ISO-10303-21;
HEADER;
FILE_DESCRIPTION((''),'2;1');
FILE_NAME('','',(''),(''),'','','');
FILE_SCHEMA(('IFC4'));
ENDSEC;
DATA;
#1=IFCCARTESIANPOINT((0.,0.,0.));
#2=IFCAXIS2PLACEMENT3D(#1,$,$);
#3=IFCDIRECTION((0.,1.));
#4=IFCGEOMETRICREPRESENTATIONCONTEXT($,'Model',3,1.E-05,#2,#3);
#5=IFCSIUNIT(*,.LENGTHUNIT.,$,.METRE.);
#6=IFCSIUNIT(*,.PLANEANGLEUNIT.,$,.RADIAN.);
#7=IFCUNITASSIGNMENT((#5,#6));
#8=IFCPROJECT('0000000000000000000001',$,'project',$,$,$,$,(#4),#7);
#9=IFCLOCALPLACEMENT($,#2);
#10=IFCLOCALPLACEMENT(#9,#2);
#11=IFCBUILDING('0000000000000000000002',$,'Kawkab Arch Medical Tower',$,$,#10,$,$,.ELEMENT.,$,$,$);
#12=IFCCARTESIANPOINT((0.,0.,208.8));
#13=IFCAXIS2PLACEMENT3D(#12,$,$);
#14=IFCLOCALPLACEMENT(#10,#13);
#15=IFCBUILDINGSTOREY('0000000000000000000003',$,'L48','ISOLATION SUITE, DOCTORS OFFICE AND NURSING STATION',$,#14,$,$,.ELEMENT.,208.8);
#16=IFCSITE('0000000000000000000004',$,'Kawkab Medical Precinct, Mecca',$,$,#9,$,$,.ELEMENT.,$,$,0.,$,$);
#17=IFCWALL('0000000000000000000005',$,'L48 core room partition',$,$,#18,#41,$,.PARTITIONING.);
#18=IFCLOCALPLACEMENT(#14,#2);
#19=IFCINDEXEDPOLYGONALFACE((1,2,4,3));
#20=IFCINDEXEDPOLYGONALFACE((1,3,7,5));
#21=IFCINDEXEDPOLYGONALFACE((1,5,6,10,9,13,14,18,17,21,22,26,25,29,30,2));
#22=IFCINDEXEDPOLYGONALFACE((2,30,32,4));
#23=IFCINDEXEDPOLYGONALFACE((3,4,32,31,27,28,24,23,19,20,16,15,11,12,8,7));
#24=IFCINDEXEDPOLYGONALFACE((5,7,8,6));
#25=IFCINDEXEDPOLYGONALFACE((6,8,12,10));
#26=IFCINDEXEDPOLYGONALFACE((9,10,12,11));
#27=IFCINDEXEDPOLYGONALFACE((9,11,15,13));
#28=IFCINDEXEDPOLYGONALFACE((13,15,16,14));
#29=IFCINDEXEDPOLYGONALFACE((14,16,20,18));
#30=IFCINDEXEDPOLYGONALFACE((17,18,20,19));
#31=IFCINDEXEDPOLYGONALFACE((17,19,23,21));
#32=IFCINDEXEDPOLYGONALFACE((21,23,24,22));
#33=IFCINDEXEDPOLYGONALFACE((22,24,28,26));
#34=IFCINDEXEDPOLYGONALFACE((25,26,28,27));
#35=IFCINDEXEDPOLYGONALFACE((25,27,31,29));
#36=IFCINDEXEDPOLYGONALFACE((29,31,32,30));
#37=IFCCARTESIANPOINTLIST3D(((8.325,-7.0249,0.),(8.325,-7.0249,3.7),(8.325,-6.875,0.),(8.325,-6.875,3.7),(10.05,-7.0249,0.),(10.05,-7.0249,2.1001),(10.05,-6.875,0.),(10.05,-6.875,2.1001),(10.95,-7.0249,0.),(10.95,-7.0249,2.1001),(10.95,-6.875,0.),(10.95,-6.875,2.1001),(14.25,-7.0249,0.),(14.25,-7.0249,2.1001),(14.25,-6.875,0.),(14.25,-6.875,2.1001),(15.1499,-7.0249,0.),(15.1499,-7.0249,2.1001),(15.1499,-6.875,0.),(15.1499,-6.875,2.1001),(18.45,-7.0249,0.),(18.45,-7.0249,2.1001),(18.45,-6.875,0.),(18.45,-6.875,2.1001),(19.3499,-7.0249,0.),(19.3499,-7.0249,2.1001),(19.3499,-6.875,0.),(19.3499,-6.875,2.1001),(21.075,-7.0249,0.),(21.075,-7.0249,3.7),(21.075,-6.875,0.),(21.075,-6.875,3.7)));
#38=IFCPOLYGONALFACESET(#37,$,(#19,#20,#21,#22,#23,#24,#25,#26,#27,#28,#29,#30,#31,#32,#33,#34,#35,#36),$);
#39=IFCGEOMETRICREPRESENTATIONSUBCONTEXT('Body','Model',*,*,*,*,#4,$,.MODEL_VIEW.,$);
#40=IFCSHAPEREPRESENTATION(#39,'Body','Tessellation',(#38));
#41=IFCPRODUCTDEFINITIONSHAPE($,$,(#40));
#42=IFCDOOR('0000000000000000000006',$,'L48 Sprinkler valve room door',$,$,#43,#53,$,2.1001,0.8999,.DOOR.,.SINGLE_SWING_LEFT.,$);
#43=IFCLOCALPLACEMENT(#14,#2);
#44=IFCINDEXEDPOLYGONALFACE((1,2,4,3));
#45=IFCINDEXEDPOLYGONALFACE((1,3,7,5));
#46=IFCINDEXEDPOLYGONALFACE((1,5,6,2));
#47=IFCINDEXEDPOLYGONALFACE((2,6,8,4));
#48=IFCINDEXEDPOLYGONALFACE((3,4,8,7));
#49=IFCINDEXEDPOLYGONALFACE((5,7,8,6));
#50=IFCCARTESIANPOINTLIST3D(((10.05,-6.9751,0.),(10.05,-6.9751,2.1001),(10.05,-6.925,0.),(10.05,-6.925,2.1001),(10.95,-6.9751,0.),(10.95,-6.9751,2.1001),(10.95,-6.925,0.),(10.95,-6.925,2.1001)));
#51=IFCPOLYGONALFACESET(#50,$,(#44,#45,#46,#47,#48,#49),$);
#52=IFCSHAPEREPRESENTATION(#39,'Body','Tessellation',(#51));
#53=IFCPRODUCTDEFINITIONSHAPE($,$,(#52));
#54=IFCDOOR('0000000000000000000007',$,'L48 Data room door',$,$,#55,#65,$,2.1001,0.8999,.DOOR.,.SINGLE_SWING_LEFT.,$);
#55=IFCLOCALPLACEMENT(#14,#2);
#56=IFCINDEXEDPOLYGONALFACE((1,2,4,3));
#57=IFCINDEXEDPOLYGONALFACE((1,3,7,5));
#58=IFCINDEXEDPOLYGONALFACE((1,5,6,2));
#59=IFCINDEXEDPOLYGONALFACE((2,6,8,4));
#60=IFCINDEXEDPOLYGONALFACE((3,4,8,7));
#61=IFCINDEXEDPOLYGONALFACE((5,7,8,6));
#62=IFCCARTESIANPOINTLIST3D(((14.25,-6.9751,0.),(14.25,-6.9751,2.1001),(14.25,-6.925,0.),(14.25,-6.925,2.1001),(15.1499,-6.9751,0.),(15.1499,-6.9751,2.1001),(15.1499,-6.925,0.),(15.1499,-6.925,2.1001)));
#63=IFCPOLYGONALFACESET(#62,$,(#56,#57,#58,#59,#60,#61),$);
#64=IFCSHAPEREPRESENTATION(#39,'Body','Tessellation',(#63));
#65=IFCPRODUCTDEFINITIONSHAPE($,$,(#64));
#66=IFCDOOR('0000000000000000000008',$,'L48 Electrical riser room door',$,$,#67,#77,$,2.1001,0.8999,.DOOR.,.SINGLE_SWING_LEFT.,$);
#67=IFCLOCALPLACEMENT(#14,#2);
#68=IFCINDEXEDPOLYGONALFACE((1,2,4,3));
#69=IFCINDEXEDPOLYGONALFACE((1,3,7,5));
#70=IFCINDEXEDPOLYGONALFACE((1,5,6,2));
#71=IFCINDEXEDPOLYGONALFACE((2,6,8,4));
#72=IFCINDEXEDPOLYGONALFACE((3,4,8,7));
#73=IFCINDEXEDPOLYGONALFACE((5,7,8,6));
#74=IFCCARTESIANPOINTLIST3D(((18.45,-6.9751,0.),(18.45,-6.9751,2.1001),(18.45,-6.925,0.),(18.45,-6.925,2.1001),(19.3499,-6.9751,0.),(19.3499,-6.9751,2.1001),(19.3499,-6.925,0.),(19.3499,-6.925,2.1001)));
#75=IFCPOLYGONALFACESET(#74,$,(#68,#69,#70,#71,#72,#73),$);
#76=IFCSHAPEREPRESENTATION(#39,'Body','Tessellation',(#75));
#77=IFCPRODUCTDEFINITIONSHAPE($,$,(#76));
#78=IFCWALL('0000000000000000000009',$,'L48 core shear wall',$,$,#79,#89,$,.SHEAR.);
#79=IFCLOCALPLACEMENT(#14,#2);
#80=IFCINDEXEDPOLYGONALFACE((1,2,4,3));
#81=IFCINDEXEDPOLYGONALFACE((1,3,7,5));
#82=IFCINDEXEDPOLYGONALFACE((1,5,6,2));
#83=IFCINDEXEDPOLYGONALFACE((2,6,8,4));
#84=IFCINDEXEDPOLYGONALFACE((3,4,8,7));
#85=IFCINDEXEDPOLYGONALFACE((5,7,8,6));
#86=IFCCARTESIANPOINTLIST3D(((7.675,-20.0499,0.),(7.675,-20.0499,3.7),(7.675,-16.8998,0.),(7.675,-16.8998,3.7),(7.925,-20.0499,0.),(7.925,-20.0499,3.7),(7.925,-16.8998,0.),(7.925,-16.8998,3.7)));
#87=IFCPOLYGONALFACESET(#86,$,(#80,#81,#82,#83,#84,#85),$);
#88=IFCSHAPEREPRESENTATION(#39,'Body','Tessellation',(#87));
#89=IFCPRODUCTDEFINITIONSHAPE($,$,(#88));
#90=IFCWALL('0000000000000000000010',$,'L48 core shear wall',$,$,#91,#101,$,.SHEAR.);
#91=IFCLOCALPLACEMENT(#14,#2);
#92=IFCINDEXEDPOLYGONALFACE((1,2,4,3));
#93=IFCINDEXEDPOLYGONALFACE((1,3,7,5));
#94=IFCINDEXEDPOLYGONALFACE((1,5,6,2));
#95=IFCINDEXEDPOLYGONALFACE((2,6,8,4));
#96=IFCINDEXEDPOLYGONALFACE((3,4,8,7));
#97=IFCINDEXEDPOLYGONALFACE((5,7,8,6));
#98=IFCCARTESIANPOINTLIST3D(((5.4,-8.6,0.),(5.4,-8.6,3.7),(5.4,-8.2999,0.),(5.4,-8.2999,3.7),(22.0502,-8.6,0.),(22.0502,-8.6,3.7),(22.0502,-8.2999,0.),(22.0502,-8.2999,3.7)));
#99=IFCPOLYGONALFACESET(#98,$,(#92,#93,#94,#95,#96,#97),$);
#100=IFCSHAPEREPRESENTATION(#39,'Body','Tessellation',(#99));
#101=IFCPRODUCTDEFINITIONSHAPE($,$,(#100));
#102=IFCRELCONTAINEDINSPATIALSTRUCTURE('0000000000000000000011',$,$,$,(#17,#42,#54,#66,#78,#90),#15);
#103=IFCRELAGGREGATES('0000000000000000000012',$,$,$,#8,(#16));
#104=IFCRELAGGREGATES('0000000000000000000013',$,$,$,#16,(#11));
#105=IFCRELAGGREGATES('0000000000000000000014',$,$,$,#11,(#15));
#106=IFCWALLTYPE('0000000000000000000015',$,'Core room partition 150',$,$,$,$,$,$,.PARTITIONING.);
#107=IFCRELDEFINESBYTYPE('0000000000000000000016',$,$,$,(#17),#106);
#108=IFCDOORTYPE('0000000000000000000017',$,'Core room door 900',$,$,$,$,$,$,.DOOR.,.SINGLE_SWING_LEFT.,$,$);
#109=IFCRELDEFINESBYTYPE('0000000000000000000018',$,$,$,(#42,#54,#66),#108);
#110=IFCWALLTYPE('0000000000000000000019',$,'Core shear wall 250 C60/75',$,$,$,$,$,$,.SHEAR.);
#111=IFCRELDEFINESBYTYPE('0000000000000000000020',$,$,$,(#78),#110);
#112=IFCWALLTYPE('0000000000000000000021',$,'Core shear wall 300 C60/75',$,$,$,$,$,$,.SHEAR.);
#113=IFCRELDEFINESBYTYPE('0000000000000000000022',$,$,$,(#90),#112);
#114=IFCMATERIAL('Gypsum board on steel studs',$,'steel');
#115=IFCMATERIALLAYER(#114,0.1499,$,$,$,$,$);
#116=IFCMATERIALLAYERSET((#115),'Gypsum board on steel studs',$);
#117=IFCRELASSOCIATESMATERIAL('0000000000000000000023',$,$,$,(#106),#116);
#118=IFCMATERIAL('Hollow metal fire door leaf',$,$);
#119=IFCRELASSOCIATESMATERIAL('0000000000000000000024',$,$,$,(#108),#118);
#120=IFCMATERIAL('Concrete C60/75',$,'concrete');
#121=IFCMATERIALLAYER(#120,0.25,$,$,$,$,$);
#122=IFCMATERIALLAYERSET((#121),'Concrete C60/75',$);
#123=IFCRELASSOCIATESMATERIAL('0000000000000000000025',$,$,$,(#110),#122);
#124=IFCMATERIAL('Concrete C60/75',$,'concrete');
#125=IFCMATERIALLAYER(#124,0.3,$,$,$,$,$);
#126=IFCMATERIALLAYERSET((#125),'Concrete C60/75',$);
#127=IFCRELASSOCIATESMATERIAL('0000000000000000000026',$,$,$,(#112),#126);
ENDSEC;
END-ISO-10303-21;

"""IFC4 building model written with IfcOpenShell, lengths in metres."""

from ifc_helpers import new_model, si_unit, direction, frame, frame_2d, origin, place, context, subcontext, project, spatial, rectangle, extrude, material, layer, layer_set, type_object, element, fill, save


model = new_model("IFC4")

# Units and contexts
model_context = context("Model", 3, precision=1e-05, world=origin(), true_north=direction((0.0, 1.0)))
body_context = subcontext(model_context, "Body", "Model", "MODEL_VIEW")
ifc_project = project(units=[si_unit("LENGTHUNIT", "METRE"), si_unit("PLANEANGLEUNIT", "RADIAN")], contexts=[model_context])

# Site, building, storey
site_placement = place(None, origin())
site = spatial("IfcSite", under=ifc_project, at=site_placement, Name="Kawkab Medical Precinct, Mecca", CompositionType="ELEMENT", RefElevation=0.0)
building_placement = place(site_placement, origin())
building = spatial("IfcBuilding", under=site, at=building_placement, Name="Kawkab Arch Medical Tower", CompositionType="ELEMENT")
storey_placement = place(building_placement, frame((0.0, 0.0, 208.8)))
storey = spatial("IfcBuildingStorey", under=building, at=storey_placement, Name="L48", Description="ISOLATION SUITE, DOCTORS OFFICE AND NURSING STATION", CompositionType="ELEMENT", Elevation=208.8)

# Wall, openings, doors
ifc_material_1 = material(Name="Gypsum board on steel studs", Category="steel")
ifc_layer_1 = layer(ifc_material_1, 0.1499)
ifc_layer_set_1 = layer_set([ifc_layer_1], Name="Gypsum board on steel studs")
wall_type_1 = type_object("IfcWallType", Name="Core room partition 150", PredefinedType="PARTITIONING", material=ifc_layer_set_1)
wall_1_placement = place(storey_placement, frame((8.325, -6.95, 0.0), z_axis=(0.0, 0.0, 1.0), x_axis=(1.0, 0.0, 0.0)))
wall_1 = element("IfcWall", 1, at=wall_1_placement, inside=storey, type_object=wall_type_1, Name="L48 core room partition", PredefinedType="PARTITIONING", context=body_context, shape_type="SweptSolid", body=[
    extrude(rectangle(XDim=12.75, YDim=0.1499, at=frame_2d((6.375, 0.0))), origin(), (0.0, 0.0, 1.0), 3.7),
])
opening_1_placement = place(wall_1_placement, frame((1.7251, 0.0, 0.0)))
opening_1 = element("IfcOpeningElement", 2, at=opening_1_placement, cuts=wall_1, PredefinedType="OPENING", context=body_context, shape_type="SweptSolid", body=[
    extrude(rectangle(XDim=0.8999, YDim=2.1001, at=frame_2d((0.45, 1.05))), frame((0.0, 0.085, 0.0), z_axis=(0.0, -1.0, 0.0), x_axis=(1.0, 0.0, 0.0)), (0.0, 0.0, 1.0), 0.1699),
])
opening_2_placement = place(wall_1_placement, frame((5.925, 0.0, 0.0)))
opening_2 = element("IfcOpeningElement", 3, at=opening_2_placement, cuts=wall_1, PredefinedType="OPENING", context=body_context, shape_type="SweptSolid", body=[
    extrude(rectangle(XDim=0.8999, YDim=2.1001, at=frame_2d((0.45, 1.05))), frame((0.0, 0.085, 0.0), z_axis=(0.0, -1.0, 0.0), x_axis=(1.0, 0.0, 0.0)), (0.0, 0.0, 1.0), 0.1699),
])
opening_3_placement = place(wall_1_placement, frame((10.125, 0.0, 0.0)))
opening_3 = element("IfcOpeningElement", 4, at=opening_3_placement, cuts=wall_1, PredefinedType="OPENING", context=body_context, shape_type="SweptSolid", body=[
    extrude(rectangle(XDim=0.8999, YDim=2.1001, at=frame_2d((0.45, 1.05))), frame((0.0, 0.085, 0.0), z_axis=(0.0, -1.0, 0.0), x_axis=(1.0, 0.0, 0.0)), (0.0, 0.0, 1.0), 0.1699),
])
ifc_material_2 = material(Name="Hollow metal fire door leaf")
door_type_1 = type_object("IfcDoorType", Name="Core room door 900", OperationType="SINGLE_SWING_LEFT", PredefinedType="DOOR", material=ifc_material_2)
door_1_placement = place(opening_1_placement, origin())
door_1 = element("IfcDoor", 5, at=door_1_placement, inside=storey, type_object=door_type_1, Name="L48 Sprinkler valve room door", OperationType="SINGLE_SWING_LEFT", OverallHeight=2.1001, OverallWidth=0.8999, PredefinedType="DOOR", context=body_context, shape_type="SweptSolid", body=[
    extrude(rectangle(XDim=0.8999, YDim=2.1001, at=frame_2d((0.45, 1.05))), frame((0.0, 0.0249, 0.0), z_axis=(0.0, -1.0, 0.0), x_axis=(1.0, 0.0, 0.0)), (0.0, 0.0, 1.0), 0.05),
])
fill(opening_1, door_1)
door_2_placement = place(opening_2_placement, origin())
door_2 = element("IfcDoor", 6, at=door_2_placement, inside=storey, type_object=door_type_1, Name="L48 Data room door", OperationType="SINGLE_SWING_LEFT", OverallHeight=2.1001, OverallWidth=0.8999, PredefinedType="DOOR", context=body_context, shape_type="SweptSolid", body=[
    extrude(rectangle(XDim=0.8999, YDim=2.1001, at=frame_2d((0.45, 1.05))), frame((0.0, 0.0249, 0.0), z_axis=(0.0, -1.0, 0.0), x_axis=(1.0, 0.0, 0.0)), (0.0, 0.0, 1.0), 0.05),
])
fill(opening_2, door_2)
door_3_placement = place(opening_3_placement, origin())
door_3 = element("IfcDoor", 7, at=door_3_placement, inside=storey, type_object=door_type_1, Name="L48 Electrical riser room door", OperationType="SINGLE_SWING_LEFT", OverallHeight=2.1001, OverallWidth=0.8999, PredefinedType="DOOR", context=body_context, shape_type="SweptSolid", body=[
    extrude(rectangle(XDim=0.8999, YDim=2.1001, at=frame_2d((0.45, 1.05))), frame((0.0, 0.0249, 0.0), z_axis=(0.0, -1.0, 0.0), x_axis=(1.0, 0.0, 0.0)), (0.0, 0.0, 1.0), 0.05),
])
fill(opening_3, door_3)

# Walls
ifc_material_3 = material(Name="Concrete C60/75", Category="concrete")
ifc_layer_2 = layer(ifc_material_3, 0.25)
ifc_layer_set_2 = layer_set([ifc_layer_2], Name="Concrete C60/75")
wall_type_2 = type_object("IfcWallType", Name="Core shear wall 250 C60/75", PredefinedType="SHEAR", material=ifc_layer_set_2)
wall_2_placement = place(storey_placement, frame((7.8, -20.05, 0.0), z_axis=(0.0, 0.0, 1.0), x_axis=(0.0, 1.0, 0.0)))
element("IfcWall", 8, at=wall_2_placement, inside=storey, type_object=wall_type_2, Name="L48 core shear wall", PredefinedType="SHEAR", context=body_context, shape_type="SweptSolid", body=[
    extrude(rectangle(XDim=3.1501, YDim=0.25, at=frame_2d((1.5752, 0.0))), origin(), (0.0, 0.0, 1.0), 3.7),
])
ifc_material_4 = material(Name="Concrete C60/75", Category="concrete")
ifc_layer_3 = layer(ifc_material_4, 0.3)
ifc_layer_set_3 = layer_set([ifc_layer_3], Name="Concrete C60/75")
wall_type_3 = type_object("IfcWallType", Name="Core shear wall 300 C60/75", PredefinedType="SHEAR", material=ifc_layer_set_3)
wall_3_placement = place(storey_placement, frame((5.3999, -8.45, 0.0), z_axis=(0.0, 0.0, 1.0), x_axis=(1.0, 0.0, 0.0)))
element("IfcWall", 9, at=wall_3_placement, inside=storey, type_object=wall_type_3, Name="L48 core shear wall", PredefinedType="SHEAR", context=body_context, shape_type="SweptSolid", body=[
    extrude(rectangle(XDim=16.6501, YDim=0.3, at=frame_2d((8.3252, 0.0))), origin(), (0.0, 0.0, 1.0), 3.7),
])

save(model, "model.ifc")
